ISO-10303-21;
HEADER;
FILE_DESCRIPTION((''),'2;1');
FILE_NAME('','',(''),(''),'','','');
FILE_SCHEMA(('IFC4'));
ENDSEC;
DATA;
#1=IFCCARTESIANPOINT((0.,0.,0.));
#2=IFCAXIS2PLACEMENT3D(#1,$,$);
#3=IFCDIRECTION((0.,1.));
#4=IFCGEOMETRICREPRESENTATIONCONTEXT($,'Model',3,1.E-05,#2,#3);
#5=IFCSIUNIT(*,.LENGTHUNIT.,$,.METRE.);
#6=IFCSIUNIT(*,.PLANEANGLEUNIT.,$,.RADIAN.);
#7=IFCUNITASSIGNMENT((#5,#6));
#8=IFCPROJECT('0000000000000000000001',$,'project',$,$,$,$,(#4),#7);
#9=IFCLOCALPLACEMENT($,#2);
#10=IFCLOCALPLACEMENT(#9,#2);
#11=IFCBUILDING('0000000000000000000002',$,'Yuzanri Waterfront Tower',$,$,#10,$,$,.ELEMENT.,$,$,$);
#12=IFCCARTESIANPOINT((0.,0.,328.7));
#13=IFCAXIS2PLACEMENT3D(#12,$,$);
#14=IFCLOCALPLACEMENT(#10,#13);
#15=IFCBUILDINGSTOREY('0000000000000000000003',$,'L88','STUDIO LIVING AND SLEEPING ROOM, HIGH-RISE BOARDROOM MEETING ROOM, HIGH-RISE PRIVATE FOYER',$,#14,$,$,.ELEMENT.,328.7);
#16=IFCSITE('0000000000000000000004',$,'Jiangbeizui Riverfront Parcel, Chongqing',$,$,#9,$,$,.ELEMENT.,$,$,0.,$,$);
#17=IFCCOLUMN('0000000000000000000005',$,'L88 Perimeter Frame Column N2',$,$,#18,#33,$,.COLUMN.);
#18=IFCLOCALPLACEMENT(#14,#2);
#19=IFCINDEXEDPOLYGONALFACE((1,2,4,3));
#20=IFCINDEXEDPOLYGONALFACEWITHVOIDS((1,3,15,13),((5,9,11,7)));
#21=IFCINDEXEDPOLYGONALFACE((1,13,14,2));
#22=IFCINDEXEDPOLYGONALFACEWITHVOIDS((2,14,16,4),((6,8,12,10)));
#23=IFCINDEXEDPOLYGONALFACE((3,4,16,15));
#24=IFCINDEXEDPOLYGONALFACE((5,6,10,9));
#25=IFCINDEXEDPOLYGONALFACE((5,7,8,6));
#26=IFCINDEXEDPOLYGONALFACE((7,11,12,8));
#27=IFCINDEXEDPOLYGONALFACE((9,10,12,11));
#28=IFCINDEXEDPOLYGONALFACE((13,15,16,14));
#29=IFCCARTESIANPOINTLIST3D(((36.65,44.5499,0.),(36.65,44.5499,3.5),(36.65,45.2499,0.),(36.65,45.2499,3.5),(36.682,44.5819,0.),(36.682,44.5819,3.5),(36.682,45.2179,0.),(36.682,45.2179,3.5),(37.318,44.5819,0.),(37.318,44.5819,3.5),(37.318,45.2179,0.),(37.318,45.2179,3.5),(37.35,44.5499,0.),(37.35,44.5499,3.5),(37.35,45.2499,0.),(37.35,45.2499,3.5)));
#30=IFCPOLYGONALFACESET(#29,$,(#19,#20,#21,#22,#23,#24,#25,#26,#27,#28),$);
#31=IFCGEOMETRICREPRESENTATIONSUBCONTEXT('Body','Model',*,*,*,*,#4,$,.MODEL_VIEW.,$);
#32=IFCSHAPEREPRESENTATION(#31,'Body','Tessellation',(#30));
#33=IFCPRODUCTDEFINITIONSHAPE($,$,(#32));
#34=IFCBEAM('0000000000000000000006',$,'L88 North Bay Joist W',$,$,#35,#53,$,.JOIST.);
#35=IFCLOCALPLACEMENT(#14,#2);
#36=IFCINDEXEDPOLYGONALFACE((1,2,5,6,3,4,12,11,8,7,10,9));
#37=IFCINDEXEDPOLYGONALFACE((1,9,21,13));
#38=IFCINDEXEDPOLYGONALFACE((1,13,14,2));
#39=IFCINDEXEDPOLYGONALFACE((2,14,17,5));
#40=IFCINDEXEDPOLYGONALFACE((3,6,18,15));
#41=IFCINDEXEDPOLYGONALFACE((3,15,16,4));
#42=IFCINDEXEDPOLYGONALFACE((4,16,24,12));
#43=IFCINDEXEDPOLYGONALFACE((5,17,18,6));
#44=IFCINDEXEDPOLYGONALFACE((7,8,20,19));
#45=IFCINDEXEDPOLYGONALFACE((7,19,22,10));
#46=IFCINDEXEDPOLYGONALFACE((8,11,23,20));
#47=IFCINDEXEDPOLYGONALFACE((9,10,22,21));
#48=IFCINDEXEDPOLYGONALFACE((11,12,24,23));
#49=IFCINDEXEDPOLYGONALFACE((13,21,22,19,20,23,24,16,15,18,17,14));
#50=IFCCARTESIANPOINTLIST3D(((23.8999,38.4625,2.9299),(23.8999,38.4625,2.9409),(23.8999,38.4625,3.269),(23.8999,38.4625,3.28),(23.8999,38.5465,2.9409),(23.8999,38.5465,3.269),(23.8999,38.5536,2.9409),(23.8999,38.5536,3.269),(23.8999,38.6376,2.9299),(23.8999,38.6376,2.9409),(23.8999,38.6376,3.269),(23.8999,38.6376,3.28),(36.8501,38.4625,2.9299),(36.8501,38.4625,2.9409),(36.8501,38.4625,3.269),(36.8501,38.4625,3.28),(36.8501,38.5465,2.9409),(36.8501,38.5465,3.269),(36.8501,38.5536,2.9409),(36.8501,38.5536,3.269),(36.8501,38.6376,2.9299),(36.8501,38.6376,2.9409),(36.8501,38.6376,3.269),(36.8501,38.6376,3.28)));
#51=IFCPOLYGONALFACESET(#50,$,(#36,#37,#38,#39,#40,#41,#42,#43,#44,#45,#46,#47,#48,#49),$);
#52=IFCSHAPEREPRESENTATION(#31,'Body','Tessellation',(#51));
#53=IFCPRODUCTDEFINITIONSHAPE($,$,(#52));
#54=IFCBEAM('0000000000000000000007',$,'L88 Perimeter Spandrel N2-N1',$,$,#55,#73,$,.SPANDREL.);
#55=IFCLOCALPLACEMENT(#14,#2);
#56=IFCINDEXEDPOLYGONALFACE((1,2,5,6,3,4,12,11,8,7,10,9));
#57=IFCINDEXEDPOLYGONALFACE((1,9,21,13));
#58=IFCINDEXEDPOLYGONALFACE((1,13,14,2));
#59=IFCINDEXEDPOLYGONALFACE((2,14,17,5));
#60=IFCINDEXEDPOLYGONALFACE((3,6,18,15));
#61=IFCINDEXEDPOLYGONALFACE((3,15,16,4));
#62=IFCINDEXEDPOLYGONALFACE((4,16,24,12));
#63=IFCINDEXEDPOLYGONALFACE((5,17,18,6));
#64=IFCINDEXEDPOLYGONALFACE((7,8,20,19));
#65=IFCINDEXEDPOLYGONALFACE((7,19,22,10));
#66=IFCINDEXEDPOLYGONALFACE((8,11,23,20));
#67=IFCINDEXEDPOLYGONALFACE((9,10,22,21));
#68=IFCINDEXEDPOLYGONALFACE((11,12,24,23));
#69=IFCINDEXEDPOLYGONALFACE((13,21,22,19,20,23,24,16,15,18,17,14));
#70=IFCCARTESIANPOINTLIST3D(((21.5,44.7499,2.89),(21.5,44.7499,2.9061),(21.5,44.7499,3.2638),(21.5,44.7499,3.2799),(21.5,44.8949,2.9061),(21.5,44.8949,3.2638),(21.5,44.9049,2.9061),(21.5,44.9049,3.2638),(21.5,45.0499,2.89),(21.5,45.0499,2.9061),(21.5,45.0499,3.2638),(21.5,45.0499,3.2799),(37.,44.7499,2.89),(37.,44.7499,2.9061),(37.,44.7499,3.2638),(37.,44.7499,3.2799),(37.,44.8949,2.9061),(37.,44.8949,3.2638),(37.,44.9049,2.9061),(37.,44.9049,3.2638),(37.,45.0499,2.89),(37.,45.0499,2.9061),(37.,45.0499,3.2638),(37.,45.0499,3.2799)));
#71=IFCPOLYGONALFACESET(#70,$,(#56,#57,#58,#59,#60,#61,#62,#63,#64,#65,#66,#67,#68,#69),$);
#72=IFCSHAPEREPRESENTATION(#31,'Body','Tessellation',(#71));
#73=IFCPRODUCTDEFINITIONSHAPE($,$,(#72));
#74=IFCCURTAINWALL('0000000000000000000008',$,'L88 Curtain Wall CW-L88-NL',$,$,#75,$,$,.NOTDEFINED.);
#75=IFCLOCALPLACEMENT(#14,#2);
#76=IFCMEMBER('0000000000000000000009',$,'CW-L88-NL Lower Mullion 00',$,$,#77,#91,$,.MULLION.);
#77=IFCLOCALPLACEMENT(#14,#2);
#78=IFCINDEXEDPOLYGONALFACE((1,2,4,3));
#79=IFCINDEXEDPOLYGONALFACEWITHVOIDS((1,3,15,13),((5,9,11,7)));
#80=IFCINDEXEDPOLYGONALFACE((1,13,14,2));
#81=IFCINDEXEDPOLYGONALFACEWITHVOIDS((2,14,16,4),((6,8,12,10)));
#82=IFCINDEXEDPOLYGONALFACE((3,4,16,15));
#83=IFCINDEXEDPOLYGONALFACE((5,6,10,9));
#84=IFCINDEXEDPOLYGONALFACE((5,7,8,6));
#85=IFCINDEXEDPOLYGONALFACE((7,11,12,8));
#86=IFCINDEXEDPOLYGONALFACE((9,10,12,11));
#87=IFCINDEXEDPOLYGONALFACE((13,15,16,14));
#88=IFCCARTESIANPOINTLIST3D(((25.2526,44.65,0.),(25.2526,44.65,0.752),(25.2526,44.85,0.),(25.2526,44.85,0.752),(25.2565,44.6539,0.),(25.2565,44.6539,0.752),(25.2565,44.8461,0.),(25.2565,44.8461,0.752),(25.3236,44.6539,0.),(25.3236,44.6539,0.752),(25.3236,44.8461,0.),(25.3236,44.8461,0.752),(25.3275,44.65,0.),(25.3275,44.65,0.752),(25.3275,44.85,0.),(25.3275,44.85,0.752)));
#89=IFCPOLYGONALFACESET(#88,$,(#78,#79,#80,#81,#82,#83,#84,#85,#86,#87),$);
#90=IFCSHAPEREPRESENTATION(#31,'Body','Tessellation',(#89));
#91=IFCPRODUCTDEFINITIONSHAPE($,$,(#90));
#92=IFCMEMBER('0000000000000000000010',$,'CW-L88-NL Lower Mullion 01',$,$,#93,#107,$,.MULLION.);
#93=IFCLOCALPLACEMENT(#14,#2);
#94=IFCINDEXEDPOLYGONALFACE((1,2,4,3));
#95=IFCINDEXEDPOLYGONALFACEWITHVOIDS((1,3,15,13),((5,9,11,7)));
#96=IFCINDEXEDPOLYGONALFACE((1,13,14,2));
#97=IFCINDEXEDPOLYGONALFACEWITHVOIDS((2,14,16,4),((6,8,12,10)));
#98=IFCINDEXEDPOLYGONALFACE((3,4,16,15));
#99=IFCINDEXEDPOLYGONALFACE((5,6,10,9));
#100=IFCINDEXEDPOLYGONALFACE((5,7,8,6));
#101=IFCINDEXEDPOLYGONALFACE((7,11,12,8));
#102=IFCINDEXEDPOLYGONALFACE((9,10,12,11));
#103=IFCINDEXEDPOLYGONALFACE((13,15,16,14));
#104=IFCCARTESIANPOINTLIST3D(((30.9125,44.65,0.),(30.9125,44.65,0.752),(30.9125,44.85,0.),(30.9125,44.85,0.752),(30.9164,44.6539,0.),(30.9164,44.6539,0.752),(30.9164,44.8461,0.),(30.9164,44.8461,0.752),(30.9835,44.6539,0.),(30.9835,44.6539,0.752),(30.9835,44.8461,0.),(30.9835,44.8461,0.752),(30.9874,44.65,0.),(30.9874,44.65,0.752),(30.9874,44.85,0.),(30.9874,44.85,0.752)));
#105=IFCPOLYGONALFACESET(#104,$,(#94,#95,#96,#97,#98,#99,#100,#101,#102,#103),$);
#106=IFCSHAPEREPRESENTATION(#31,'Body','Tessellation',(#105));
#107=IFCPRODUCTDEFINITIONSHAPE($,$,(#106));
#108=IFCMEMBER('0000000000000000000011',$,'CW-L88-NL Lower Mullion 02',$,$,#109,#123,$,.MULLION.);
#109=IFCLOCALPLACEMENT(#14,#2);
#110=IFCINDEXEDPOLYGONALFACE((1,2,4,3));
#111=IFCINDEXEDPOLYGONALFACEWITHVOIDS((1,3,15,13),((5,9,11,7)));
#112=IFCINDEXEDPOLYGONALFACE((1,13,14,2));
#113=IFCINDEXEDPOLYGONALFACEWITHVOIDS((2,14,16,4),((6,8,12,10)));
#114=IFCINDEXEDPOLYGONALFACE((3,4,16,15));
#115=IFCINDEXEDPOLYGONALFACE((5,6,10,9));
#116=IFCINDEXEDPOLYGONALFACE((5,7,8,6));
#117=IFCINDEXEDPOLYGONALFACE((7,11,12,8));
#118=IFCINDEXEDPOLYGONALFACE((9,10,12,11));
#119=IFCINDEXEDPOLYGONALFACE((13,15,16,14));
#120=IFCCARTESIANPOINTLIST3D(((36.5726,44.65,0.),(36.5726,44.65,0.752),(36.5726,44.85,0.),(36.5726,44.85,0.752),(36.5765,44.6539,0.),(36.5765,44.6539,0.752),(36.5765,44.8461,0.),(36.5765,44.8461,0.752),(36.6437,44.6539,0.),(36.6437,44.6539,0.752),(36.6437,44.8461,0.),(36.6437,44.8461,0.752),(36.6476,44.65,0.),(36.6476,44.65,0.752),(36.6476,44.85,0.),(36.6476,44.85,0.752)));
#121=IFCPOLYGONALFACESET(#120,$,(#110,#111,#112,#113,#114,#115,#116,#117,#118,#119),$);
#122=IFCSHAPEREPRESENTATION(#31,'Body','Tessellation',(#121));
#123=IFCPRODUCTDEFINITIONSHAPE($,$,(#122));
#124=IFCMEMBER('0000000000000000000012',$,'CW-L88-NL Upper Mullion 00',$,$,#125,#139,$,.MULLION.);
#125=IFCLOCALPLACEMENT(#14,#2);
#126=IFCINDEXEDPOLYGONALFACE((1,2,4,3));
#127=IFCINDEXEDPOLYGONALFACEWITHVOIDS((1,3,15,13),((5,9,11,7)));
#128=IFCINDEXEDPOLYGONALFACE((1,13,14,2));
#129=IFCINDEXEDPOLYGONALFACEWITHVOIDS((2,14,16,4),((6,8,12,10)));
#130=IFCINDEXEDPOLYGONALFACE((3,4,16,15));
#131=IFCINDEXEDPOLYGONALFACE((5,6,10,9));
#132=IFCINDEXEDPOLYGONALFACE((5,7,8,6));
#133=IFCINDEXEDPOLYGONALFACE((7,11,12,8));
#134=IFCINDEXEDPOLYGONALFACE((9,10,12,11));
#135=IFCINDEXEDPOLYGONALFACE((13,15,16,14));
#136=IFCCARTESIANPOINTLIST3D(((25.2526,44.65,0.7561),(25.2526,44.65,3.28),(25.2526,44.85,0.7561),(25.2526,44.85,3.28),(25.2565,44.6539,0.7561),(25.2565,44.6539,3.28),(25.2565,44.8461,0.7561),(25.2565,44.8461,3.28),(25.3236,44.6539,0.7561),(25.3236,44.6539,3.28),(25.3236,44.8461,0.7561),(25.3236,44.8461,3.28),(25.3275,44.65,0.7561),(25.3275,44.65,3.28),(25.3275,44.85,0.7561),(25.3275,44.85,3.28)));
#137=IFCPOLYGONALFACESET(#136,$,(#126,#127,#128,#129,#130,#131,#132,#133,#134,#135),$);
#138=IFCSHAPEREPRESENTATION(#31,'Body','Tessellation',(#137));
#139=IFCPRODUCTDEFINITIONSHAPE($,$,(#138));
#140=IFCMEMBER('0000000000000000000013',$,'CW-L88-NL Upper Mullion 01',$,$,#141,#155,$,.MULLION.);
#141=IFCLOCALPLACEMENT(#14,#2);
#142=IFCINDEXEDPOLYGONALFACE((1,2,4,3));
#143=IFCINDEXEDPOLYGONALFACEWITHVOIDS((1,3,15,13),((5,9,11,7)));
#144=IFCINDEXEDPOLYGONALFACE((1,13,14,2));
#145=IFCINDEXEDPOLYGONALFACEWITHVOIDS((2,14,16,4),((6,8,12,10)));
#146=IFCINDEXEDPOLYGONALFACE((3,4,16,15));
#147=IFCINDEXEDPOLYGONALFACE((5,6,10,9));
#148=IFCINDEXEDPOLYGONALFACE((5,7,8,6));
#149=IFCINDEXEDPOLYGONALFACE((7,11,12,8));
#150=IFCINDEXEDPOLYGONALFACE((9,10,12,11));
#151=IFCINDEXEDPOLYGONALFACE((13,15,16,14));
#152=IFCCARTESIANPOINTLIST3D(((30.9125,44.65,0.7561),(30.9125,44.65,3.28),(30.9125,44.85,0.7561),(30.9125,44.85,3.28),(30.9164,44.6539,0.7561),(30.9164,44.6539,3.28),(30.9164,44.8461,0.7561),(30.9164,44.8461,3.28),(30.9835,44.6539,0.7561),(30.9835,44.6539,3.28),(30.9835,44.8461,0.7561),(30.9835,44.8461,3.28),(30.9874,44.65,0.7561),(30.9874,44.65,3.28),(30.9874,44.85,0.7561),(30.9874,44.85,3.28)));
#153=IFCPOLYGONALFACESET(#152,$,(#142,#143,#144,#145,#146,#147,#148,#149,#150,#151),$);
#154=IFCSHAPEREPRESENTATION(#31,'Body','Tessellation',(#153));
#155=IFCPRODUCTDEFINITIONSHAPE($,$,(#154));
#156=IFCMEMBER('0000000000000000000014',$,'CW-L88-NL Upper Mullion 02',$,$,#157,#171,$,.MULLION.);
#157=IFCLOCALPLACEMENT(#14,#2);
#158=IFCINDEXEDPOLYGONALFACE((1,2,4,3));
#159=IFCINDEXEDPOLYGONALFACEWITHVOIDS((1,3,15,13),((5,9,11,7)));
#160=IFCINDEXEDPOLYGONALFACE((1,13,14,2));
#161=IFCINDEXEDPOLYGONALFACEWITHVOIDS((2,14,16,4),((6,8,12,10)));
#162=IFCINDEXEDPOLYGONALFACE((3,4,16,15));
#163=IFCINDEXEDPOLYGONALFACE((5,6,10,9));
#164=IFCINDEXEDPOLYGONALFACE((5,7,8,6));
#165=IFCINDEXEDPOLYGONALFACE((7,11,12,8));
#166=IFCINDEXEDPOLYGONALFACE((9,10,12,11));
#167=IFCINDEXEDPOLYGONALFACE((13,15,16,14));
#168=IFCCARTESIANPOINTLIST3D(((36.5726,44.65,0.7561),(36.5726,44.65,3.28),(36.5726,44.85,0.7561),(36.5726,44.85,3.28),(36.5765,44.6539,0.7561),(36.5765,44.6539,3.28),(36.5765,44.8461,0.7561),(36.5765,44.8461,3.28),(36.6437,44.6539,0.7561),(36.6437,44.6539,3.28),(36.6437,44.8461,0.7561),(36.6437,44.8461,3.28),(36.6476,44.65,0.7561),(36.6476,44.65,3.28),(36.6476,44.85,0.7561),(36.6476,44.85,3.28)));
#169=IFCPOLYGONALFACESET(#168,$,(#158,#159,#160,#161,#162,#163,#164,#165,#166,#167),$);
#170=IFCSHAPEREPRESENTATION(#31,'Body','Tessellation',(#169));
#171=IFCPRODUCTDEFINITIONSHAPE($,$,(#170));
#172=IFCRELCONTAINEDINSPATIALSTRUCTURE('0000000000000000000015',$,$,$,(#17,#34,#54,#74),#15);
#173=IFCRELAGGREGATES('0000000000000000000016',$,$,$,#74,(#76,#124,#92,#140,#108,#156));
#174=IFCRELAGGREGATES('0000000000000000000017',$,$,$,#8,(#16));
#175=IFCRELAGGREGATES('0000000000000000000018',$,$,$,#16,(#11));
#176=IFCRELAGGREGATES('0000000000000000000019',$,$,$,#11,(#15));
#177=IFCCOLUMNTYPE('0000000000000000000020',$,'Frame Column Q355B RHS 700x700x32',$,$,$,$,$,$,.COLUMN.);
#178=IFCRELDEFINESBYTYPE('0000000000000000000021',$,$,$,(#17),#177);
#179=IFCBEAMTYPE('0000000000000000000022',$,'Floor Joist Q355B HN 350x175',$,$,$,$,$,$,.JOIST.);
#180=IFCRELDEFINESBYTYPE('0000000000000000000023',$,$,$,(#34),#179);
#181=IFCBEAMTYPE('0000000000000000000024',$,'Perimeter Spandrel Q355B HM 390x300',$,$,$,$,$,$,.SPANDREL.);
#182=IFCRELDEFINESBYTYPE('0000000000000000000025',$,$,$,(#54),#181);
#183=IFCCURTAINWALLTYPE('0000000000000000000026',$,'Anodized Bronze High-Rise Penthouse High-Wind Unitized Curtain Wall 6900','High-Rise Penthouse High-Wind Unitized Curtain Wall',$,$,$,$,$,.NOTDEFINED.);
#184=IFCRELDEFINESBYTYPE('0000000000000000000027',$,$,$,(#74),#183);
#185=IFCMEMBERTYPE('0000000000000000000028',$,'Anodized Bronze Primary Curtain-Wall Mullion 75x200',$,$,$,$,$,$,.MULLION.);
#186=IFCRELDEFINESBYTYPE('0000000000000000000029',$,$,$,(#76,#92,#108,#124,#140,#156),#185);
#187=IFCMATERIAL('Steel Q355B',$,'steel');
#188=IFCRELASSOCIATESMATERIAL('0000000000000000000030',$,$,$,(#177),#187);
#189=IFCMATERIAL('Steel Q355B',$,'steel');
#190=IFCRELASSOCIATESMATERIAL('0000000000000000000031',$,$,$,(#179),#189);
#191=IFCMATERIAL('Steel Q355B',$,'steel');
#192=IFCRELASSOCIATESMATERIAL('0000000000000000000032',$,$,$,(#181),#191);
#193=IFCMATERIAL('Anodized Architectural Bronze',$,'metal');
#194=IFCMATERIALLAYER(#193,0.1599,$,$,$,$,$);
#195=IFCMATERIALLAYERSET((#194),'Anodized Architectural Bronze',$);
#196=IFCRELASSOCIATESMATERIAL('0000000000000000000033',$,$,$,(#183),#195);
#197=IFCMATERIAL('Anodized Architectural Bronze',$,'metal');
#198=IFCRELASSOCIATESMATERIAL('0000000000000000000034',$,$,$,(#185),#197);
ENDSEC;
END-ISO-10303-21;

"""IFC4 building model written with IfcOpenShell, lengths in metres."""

from ifc_helpers import new_model, si_unit, direction, frame, origin, origin_2d, place, context, subcontext, project, spatial, hollow_rectangle, i_section, extrude, source, transform, mapped, material, layer, layer_set, material_profile, profile_set, type_object, element, aggregate, save


model = new_model("IFC4")

# Units and contexts
model_context = context("Model", 3, precision=1e-05, world=origin(), true_north=direction((0.0, 1.0)))
body_context = subcontext(model_context, "Body", "Model", "MODEL_VIEW")
ifc_project = project(units=[si_unit("LENGTHUNIT", "METRE"), si_unit("PLANEANGLEUNIT", "RADIAN")], contexts=[model_context])

# Site, building, storey
site_placement = place(None, origin())
site = spatial("IfcSite", under=ifc_project, at=site_placement, Name="Jiangbeizui Riverfront Parcel, Chongqing", CompositionType="ELEMENT", RefElevation=0.0)
building_placement = place(site_placement, origin())
building = spatial("IfcBuilding", under=site, at=building_placement, Name="Yuzanri Waterfront Tower", CompositionType="ELEMENT")
storey_placement = place(building_placement, frame((0.0, 0.0, 328.7)))
storey = spatial("IfcBuildingStorey", under=building, at=storey_placement, Name="L88", Description="STUDIO LIVING AND SLEEPING ROOM, HIGH-RISE BOARDROOM MEETING ROOM, HIGH-RISE PRIVATE FOYER", CompositionType="ELEMENT", Elevation=328.7)

# Column
ifc_material_1 = material(Name="Steel Q355B", Category="steel")
ifc_material_profile_1 = material_profile(ifc_material_1, hollow_rectangle(XDim=0.7, YDim=0.7, WallThickness=0.032, at=origin_2d()), Name="RHS 700x700x32")
ifc_profile_set_1 = profile_set([ifc_material_profile_1], Name="Steel Q355B")
column_type = type_object("IfcColumnType", Name="Frame Column Q355B RHS 700x700x32", PredefinedType="COLUMN", material=ifc_profile_set_1)
shared_shape_1 = source(origin(), body_context, "Body", "SweptSolid", [
    extrude(hollow_rectangle(XDim=0.7, YDim=0.7, WallThickness=0.032, at=origin_2d()), origin(), (0.0, 0.0, 1.0), 3.5),
])
column_placement = place(storey_placement, frame((37.0, 44.8999, 0.0), z_axis=(0.0, 0.0, 1.0), x_axis=(1.0, 0.0, 0.0)))
element("IfcColumn", 1, at=column_placement, inside=storey, type_object=column_type, Name="L88 Perimeter Frame Column N2", PredefinedType="COLUMN", context=body_context, shape_type="MappedRepresentation", body=[
    mapped(shared_shape_1, transform((0.0, 0.0, 0.0), scale=1.0)),
])

# Beams
ifc_material_2 = material(Name="Steel Q355B", Category="steel")
ifc_material_profile_2 = material_profile(ifc_material_2, i_section(OverallWidth=0.175, OverallDepth=0.3501, WebThickness=0.0071, FlangeThickness=0.011, at=origin_2d()), Name="HN 350x175x7x11")
ifc_profile_set_2 = profile_set([ifc_material_profile_2], Name="Steel Q355B")
beam_type_1 = type_object("IfcBeamType", Name="Floor Joist Q355B HN 350x175", PredefinedType="JOIST", material=ifc_profile_set_2)
shared_shape_2 = source(origin(), body_context, "Body", "SweptSolid", [
    extrude(i_section(OverallWidth=0.175, OverallDepth=0.3501, WebThickness=0.0071, FlangeThickness=0.011, at=origin_2d()), origin(), (0.0, 0.0, 1.0), 12.9502),
])
beam_1_placement = place(storey_placement, frame((23.8999, 38.55, 3.105), z_axis=(1.0, 0.0, 0.0), x_axis=(0.0, 1.0, 0.0)))
element("IfcBeam", 2, at=beam_1_placement, inside=storey, type_object=beam_type_1, Name="L88 North Bay Joist W", PredefinedType="JOIST", context=body_context, shape_type="MappedRepresentation", body=[
    mapped(shared_shape_2, transform((0.0, 0.0, 0.0), scale=1.0)),
])
ifc_material_3 = material(Name="Steel Q355B", Category="steel")
ifc_material_profile_3 = material_profile(ifc_material_3, i_section(OverallWidth=0.3, OverallDepth=0.3899, WebThickness=0.01, FlangeThickness=0.0161, at=origin_2d()), Name="HM 390x300x10x16")
ifc_profile_set_3 = profile_set([ifc_material_profile_3], Name="Steel Q355B")
beam_type_2 = type_object("IfcBeamType", Name="Perimeter Spandrel Q355B HM 390x300", PredefinedType="SPANDREL", material=ifc_profile_set_3)
shared_shape_3 = source(origin(), body_context, "Body", "SweptSolid", [
    extrude(i_section(OverallWidth=0.3, OverallDepth=0.3899, WebThickness=0.01, FlangeThickness=0.0161, at=origin_2d()), origin(), (0.0, 0.0, 1.0), 15.5),
])
beam_2_placement = place(storey_placement, frame((37.0, 44.8999, 3.085), z_axis=(-1.0, 0.0, 0.0), x_axis=(0.0, -1.0, 0.0)))
element("IfcBeam", 3, at=beam_2_placement, inside=storey, type_object=beam_type_2, Name="L88 Perimeter Spandrel N2-N1", PredefinedType="SPANDREL", context=body_context, shape_type="MappedRepresentation", body=[
    mapped(shared_shape_3, transform((0.0, 0.0, 0.0), scale=1.0)),
])

# Curtain wall, members
ifc_material_4 = material(Name="Anodized Architectural Bronze", Category="metal")
ifc_layer_1 = layer(ifc_material_4, 0.1599)
ifc_layer_set_1 = layer_set([ifc_layer_1], Name="Anodized Architectural Bronze")
curtain_wall_type = type_object("IfcCurtainWallType", Name="Anodized Bronze High-Rise Penthouse High-Wind Unitized Curtain Wall 6900", Description="High-Rise Penthouse High-Wind Unitized Curtain Wall", PredefinedType="NOTDEFINED", material=ifc_layer_set_1)
curtain_wall_placement = place(storey_placement, origin())
curtain_wall = element("IfcCurtainWall", 4, at=curtain_wall_placement, inside=storey, type_object=curtain_wall_type, Name="L88 Curtain Wall CW-L88-NL", PredefinedType="NOTDEFINED")
ifc_material_5 = material(Name="Anodized Architectural Bronze", Category="metal")
ifc_material_profile_4 = material_profile(ifc_material_5, hollow_rectangle(XDim=0.075, YDim=0.2, WallThickness=0.0039, at=origin_2d()), Name="CWM 75x200")
ifc_profile_set_4 = profile_set([ifc_material_profile_4], Name="Anodized Architectural Bronze")
member_type_1 = type_object("IfcMemberType", Name="Anodized Bronze Primary Curtain-Wall Mullion 75x200", PredefinedType="MULLION", material=ifc_profile_set_4)
shared_shape_4 = source(origin(), body_context, "Body", "SweptSolid", [
    extrude(hollow_rectangle(XDim=0.075, YDim=0.2, WallThickness=0.0039, at=origin_2d()), origin(), (0.0, 0.0, 1.0), 0.752),
])
member_1_placement = place(storey_placement, frame((25.29, 44.75, 0.0), z_axis=(0.0, 0.0, 1.0), x_axis=(1.0, 0.0, 0.0)))
member_1 = element("IfcMember", 5, at=member_1_placement, type_object=member_type_1, Name="CW-L88-NL Lower Mullion 00", PredefinedType="MULLION", context=body_context, shape_type="MappedRepresentation", body=[
    mapped(shared_shape_4, transform((0.0, 0.0, 0.0), scale=1.0)),
])
member_2_placement = place(storey_placement, frame((30.95, 44.75, 0.0), z_axis=(0.0, 0.0, 1.0), x_axis=(1.0, 0.0, 0.0)))
member_2 = element("IfcMember", 6, at=member_2_placement, type_object=member_type_1, Name="CW-L88-NL Lower Mullion 01", PredefinedType="MULLION", context=body_context, shape_type="MappedRepresentation", body=[
    mapped(shared_shape_4, transform((0.0, 0.0, 0.0), scale=1.0)),
])
member_3_placement = place(storey_placement, frame((36.6101, 44.75, 0.0), z_axis=(0.0, 0.0, 1.0), x_axis=(1.0, 0.0, 0.0)))
member_3 = element("IfcMember", 7, at=member_3_placement, type_object=member_type_1, Name="CW-L88-NL Lower Mullion 02", PredefinedType="MULLION", context=body_context, shape_type="MappedRepresentation", body=[
    mapped(shared_shape_4, transform((0.0, 0.0, 0.0), scale=1.0)),
])
shared_shape_5 = source(origin(), body_context, "Body", "SweptSolid", [
    extrude(hollow_rectangle(XDim=0.075, YDim=0.2, WallThickness=0.0039, at=origin_2d()), origin(), (0.0, 0.0, 1.0), 2.5239),
])
member_4_placement = place(storey_placement, frame((25.29, 44.75, 0.7561), z_axis=(0.0, 0.0, 1.0), x_axis=(1.0, 0.0, 0.0)))
member_4 = element("IfcMember", 8, at=member_4_placement, type_object=member_type_1, Name="CW-L88-NL Upper Mullion 00", PredefinedType="MULLION", context=body_context, shape_type="MappedRepresentation", body=[
    mapped(shared_shape_5, transform((0.0, 0.0, 0.0), scale=1.0)),
])
member_5_placement = place(storey_placement, frame((30.95, 44.75, 0.7561), z_axis=(0.0, 0.0, 1.0), x_axis=(1.0, 0.0, 0.0)))
member_5 = element("IfcMember", 9, at=member_5_placement, type_object=member_type_1, Name="CW-L88-NL Upper Mullion 01", PredefinedType="MULLION", context=body_context, shape_type="MappedRepresentation", body=[
    mapped(shared_shape_5, transform((0.0, 0.0, 0.0), scale=1.0)),
])
member_6_placement = place(storey_placement, frame((36.6101, 44.75, 0.7561), z_axis=(0.0, 0.0, 1.0), x_axis=(1.0, 0.0, 0.0)))
member_6 = element("IfcMember", 10, at=member_6_placement, type_object=member_type_1, Name="CW-L88-NL Upper Mullion 02", PredefinedType="MULLION", context=body_context, shape_type="MappedRepresentation", body=[
    mapped(shared_shape_5, transform((0.0, 0.0, 0.0), scale=1.0)),
])
aggregate(curtain_wall, [member_1, member_4, member_2, member_5, member_3, member_6])

save(model, "model.ifc")
